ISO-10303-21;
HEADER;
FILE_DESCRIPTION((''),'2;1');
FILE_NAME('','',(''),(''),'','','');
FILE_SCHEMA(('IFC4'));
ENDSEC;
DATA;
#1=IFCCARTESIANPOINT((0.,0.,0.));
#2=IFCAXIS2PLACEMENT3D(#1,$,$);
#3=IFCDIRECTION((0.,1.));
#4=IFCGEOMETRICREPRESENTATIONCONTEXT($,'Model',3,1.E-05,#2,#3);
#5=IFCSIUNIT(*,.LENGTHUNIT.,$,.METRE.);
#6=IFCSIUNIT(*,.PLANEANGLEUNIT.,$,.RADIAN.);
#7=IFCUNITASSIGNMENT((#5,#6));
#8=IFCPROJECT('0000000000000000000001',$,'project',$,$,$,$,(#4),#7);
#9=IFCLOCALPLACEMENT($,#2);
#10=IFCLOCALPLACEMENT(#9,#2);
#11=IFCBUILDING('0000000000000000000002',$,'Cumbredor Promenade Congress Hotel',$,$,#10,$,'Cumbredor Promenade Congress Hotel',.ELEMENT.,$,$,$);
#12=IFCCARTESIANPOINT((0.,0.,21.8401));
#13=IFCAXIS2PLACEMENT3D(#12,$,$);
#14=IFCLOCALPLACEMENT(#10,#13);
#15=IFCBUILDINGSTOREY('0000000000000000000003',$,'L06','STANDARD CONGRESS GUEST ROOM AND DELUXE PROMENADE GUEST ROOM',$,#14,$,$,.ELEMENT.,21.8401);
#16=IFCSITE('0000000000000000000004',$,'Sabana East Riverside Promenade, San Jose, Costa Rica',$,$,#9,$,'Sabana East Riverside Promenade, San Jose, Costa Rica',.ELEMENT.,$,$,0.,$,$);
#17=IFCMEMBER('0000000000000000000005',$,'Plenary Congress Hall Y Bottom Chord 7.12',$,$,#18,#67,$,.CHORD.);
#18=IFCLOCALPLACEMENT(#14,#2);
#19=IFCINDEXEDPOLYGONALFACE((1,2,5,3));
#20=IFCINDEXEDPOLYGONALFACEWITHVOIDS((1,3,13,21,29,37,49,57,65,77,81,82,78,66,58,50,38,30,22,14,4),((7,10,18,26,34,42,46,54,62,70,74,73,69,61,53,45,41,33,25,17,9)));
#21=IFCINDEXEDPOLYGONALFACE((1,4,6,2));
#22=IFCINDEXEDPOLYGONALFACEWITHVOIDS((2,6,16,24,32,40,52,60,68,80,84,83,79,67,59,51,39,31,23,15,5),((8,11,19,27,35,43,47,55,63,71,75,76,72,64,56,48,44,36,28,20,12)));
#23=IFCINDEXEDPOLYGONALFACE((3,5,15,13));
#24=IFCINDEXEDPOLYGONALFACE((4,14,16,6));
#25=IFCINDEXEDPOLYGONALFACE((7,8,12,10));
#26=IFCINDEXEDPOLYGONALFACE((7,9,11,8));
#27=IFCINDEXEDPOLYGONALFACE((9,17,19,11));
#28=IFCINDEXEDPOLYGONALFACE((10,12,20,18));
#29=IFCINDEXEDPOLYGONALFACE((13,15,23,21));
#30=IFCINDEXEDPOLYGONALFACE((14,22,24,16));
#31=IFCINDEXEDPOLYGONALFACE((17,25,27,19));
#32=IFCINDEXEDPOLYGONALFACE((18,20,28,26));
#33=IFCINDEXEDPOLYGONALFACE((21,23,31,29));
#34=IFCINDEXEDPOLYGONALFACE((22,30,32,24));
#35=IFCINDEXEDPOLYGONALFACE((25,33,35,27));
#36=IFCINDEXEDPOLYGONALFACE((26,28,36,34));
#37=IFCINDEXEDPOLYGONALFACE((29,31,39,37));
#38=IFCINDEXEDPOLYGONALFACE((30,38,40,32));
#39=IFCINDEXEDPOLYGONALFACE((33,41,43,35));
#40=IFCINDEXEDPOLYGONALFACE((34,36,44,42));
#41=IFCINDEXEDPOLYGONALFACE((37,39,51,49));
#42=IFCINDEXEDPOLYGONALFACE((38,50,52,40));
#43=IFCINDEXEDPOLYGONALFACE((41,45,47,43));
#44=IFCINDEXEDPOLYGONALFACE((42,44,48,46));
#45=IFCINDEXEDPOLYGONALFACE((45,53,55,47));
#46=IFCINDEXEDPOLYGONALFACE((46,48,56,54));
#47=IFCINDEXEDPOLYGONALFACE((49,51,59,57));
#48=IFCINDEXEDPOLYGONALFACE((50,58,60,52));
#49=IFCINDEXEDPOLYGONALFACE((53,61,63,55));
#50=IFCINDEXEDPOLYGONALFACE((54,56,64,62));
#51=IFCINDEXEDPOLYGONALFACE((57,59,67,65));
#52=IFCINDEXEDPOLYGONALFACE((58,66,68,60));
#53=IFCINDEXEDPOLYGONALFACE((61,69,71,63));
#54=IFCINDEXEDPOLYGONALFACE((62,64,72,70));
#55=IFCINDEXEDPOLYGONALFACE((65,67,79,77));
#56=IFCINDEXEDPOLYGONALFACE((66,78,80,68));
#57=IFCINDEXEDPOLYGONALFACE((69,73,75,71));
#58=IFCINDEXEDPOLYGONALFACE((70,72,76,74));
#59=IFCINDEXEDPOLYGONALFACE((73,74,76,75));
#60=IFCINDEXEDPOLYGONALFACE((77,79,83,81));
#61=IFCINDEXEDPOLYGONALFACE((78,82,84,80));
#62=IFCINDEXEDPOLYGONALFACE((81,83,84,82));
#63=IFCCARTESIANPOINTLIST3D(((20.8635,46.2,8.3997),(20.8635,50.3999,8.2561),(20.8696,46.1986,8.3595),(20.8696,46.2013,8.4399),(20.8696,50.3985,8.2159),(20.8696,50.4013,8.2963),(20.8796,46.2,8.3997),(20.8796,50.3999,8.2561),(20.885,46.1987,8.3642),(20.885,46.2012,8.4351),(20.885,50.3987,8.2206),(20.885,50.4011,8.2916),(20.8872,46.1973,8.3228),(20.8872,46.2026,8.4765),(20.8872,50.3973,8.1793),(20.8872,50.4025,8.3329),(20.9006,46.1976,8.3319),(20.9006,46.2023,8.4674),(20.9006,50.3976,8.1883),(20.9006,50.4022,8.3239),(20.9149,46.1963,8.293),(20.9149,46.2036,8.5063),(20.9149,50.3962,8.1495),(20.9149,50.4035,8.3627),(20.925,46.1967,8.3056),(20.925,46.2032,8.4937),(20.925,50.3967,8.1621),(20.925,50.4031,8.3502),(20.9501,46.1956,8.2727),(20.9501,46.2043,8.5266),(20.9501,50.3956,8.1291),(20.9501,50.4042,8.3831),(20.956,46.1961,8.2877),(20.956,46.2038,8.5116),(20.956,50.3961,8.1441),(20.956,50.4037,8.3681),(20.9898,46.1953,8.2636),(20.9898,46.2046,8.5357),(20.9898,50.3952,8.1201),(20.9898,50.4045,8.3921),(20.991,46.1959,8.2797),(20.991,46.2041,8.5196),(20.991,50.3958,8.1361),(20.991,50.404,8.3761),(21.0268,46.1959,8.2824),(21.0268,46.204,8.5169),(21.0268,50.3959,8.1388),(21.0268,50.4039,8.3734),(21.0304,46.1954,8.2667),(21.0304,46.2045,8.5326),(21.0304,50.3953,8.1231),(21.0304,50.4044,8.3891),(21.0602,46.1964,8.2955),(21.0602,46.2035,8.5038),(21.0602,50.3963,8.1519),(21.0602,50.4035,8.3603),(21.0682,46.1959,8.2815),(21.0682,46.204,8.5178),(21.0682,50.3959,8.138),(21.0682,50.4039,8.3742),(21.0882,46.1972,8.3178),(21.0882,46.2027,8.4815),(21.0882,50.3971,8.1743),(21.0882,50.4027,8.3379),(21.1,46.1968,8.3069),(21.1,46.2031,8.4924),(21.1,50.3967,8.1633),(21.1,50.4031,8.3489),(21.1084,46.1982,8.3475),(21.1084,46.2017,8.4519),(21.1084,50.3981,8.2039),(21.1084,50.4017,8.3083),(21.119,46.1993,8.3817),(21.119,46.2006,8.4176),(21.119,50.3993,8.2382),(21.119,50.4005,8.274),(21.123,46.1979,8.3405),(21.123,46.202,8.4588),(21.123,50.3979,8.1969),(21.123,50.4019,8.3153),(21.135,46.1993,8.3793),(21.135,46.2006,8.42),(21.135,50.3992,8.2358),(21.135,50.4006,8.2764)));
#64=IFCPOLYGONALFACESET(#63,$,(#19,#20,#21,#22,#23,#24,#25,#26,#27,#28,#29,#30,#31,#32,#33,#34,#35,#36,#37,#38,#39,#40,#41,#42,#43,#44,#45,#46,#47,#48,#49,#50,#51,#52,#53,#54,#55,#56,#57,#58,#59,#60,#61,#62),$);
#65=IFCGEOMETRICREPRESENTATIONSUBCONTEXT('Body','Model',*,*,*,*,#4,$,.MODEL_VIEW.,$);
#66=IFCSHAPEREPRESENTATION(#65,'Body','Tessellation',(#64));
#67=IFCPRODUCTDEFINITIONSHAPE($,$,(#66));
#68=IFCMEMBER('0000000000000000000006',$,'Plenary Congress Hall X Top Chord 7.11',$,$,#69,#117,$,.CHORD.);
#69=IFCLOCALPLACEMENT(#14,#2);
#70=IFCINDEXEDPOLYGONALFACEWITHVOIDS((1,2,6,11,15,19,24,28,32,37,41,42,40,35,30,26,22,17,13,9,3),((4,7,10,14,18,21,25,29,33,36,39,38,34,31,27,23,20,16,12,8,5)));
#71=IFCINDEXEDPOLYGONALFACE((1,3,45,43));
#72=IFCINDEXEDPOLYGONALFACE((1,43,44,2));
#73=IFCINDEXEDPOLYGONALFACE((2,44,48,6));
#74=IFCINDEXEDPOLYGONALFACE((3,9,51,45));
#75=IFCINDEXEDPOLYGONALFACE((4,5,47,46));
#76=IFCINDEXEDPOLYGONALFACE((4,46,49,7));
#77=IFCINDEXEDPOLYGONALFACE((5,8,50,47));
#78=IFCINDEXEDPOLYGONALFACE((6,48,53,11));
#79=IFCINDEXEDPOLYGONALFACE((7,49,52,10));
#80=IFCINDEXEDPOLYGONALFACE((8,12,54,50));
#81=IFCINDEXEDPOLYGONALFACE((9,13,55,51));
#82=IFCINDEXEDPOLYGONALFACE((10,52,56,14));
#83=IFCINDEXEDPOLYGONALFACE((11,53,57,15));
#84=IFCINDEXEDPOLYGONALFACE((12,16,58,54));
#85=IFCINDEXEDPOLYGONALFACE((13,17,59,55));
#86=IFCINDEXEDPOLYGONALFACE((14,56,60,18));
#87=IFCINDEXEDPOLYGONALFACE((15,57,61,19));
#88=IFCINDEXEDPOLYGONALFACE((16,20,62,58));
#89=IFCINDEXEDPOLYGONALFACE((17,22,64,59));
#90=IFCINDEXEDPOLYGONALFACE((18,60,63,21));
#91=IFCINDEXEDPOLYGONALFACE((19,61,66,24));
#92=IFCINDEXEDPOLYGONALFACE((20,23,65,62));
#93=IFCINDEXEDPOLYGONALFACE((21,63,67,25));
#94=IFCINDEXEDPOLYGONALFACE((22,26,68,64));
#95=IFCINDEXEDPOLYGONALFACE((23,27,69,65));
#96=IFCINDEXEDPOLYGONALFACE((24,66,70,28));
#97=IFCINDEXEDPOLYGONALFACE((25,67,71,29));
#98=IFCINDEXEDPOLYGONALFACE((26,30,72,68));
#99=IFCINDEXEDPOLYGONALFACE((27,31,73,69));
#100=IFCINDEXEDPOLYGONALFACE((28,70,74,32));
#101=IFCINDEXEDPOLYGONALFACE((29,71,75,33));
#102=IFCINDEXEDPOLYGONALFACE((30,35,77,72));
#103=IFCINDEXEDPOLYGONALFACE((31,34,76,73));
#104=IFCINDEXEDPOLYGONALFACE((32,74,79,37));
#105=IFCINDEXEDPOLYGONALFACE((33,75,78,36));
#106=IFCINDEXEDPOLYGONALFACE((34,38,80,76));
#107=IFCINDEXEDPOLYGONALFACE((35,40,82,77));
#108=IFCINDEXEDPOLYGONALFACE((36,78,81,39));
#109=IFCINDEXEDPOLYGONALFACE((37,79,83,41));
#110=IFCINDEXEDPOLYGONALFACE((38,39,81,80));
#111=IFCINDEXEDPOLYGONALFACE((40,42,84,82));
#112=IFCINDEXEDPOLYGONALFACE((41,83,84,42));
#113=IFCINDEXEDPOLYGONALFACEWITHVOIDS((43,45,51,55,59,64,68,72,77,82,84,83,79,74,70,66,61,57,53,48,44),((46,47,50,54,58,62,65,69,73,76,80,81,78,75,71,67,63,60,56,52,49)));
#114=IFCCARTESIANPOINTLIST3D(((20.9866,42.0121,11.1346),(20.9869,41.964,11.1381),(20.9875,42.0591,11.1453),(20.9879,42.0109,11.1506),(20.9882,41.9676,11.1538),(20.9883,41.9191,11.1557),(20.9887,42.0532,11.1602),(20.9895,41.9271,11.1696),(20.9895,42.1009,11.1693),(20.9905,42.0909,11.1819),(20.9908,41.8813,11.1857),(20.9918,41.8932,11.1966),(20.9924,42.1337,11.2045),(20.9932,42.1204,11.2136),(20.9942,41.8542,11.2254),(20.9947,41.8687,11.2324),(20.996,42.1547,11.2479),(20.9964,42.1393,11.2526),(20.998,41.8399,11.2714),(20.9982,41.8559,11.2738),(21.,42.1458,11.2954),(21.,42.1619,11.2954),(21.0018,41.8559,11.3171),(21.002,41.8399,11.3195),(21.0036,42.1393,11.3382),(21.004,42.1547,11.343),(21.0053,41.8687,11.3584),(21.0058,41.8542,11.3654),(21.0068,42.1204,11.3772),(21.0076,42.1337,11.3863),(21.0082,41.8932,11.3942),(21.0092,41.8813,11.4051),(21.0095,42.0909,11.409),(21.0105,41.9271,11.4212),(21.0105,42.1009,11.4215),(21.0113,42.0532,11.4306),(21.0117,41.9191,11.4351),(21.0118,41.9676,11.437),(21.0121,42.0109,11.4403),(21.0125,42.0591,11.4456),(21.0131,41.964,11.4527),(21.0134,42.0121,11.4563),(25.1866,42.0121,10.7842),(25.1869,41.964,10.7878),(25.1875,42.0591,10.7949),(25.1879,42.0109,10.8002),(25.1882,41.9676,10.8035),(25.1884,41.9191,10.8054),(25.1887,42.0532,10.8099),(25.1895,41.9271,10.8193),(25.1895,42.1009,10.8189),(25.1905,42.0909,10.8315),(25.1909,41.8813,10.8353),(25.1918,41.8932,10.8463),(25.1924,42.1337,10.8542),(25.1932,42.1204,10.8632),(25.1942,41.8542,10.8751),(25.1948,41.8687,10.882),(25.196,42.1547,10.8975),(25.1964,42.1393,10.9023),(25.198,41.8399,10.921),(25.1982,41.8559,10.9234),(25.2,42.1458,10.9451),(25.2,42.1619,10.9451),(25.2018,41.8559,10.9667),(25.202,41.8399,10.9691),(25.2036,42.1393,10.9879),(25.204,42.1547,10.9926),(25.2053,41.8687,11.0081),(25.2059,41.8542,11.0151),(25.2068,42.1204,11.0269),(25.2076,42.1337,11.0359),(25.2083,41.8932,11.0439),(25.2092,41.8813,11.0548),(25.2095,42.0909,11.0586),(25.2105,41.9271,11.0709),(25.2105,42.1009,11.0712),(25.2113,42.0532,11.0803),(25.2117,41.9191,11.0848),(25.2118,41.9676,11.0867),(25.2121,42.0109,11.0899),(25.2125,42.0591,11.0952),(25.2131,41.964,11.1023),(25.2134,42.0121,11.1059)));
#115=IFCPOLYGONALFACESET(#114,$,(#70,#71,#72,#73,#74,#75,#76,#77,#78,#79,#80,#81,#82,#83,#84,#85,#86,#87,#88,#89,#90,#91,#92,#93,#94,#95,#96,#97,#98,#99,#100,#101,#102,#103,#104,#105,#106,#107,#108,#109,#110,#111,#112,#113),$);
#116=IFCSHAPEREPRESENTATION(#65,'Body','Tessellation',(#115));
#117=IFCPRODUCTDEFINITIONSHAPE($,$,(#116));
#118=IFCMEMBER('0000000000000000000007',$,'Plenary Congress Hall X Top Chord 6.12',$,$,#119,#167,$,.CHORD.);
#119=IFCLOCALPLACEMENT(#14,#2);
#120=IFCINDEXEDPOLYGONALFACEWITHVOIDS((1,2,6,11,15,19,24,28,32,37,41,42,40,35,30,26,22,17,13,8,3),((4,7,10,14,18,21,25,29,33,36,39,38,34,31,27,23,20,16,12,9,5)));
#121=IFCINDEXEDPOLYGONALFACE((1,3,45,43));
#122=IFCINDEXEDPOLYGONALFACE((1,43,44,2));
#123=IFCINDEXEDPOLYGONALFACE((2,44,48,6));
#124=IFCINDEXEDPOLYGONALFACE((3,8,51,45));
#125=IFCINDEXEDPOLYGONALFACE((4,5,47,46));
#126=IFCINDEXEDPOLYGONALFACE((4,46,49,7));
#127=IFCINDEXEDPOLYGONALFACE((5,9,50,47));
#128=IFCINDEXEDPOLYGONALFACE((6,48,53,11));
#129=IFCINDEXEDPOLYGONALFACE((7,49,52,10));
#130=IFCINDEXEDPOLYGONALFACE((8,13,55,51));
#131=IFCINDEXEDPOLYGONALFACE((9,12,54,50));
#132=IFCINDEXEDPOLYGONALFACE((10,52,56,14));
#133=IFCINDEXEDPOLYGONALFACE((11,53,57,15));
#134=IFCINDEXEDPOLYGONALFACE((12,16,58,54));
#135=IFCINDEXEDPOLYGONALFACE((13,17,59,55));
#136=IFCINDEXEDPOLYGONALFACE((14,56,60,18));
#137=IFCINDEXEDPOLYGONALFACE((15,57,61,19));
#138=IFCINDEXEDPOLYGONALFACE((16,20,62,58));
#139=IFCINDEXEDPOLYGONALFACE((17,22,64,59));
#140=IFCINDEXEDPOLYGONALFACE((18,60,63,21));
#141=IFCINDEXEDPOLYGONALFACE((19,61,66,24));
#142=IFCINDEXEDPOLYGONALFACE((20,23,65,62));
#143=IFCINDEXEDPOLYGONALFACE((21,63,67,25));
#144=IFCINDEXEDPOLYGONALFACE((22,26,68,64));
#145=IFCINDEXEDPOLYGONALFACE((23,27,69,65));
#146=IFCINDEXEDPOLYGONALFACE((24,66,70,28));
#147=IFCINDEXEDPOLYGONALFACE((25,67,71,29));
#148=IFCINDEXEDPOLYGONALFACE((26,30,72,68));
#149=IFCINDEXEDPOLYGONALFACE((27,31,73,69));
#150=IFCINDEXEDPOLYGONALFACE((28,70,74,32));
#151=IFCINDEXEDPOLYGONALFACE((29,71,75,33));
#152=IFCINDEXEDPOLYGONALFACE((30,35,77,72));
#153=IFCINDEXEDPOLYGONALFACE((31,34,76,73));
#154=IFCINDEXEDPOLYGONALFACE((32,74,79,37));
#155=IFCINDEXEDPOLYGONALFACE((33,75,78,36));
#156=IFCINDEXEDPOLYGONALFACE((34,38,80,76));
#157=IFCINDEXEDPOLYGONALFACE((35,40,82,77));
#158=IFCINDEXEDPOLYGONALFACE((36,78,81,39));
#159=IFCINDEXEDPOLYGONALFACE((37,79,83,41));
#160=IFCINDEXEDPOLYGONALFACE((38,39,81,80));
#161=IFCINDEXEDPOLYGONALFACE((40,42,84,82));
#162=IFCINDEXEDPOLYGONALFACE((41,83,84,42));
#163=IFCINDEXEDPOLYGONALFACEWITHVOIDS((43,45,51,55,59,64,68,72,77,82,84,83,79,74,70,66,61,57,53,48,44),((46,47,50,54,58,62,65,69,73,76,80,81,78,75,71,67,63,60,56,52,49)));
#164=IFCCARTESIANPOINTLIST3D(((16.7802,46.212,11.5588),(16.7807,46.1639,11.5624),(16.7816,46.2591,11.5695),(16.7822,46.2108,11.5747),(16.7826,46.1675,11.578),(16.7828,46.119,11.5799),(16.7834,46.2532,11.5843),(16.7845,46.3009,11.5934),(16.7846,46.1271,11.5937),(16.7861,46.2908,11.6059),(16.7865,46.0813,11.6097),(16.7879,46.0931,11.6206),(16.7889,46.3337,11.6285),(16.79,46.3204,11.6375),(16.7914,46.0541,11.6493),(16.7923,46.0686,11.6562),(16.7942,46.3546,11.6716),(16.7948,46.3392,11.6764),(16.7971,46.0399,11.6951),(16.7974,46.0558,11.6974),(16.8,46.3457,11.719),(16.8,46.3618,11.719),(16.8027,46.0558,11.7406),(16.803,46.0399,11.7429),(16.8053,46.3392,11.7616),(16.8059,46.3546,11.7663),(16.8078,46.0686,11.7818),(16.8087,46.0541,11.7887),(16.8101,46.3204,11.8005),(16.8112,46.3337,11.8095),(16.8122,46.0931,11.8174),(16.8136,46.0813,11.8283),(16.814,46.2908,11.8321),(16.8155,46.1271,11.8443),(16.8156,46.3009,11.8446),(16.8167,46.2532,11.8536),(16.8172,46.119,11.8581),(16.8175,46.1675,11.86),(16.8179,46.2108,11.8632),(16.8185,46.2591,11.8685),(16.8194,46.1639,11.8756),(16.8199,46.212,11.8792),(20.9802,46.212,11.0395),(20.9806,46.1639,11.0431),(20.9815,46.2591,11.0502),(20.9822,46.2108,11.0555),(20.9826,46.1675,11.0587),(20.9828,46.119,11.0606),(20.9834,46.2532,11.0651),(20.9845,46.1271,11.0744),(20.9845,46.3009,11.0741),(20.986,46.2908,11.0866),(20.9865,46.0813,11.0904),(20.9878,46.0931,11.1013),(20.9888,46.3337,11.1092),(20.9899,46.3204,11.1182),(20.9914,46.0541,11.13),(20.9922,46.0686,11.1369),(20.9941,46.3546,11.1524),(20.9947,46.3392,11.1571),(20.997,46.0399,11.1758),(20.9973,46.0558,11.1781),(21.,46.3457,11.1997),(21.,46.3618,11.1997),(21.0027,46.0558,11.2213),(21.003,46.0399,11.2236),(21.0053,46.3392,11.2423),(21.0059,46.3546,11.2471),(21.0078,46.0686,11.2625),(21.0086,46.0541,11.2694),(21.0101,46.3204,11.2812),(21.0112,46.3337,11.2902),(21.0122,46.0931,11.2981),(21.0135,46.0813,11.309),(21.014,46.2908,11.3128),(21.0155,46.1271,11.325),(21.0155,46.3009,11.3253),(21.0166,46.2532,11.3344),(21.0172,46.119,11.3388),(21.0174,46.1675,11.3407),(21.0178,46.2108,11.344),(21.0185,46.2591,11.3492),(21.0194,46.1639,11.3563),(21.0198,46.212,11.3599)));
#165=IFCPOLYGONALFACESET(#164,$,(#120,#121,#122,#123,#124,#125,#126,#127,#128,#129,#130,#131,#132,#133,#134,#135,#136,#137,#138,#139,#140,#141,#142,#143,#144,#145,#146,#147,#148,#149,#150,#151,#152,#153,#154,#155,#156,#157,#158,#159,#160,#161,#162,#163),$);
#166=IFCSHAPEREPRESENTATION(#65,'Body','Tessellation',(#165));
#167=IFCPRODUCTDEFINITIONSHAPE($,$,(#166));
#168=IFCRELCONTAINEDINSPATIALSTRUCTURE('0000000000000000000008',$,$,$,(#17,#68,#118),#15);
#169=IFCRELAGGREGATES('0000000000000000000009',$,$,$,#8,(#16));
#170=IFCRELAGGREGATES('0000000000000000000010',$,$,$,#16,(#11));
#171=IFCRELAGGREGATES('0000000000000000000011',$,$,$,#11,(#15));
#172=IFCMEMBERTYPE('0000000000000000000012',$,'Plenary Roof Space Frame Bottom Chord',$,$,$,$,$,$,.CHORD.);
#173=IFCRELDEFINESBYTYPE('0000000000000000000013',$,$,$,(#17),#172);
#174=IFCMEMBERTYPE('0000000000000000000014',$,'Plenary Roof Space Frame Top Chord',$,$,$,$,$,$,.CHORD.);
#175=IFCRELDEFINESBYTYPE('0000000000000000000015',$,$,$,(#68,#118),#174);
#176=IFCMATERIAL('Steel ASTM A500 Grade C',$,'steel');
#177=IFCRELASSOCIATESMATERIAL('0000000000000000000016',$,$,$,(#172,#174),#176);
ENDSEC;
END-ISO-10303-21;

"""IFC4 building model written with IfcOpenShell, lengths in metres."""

from ifc_helpers import new_model, si_unit, direction, frame, origin, origin_2d, place, context, subcontext, project, spatial, hollow_circle, extrude, material, material_profile, profile_set, type_object, element, save


model = new_model("IFC4")

# Units and contexts
model_context = context("Model", 3, precision=1e-05, world=origin(), true_north=direction((0.0, 1.0)))
body_context = subcontext(model_context, "Body", "Model", "MODEL_VIEW")
ifc_project = project(units=[si_unit("LENGTHUNIT", "METRE"), si_unit("PLANEANGLEUNIT", "RADIAN")], contexts=[model_context])

# Site, building, storey
site_placement = place(None, origin())
site = spatial("IfcSite", under=ifc_project, at=site_placement, Name="Sabana East Riverside Promenade, San Jose, Costa Rica", LongName="Sabana East Riverside Promenade, San Jose, Costa Rica", CompositionType="ELEMENT", RefElevation=0.0)
building_placement = place(site_placement, origin())
building = spatial("IfcBuilding", under=site, at=building_placement, Name="Cumbredor Promenade Congress Hotel", LongName="Cumbredor Promenade Congress Hotel", CompositionType="ELEMENT")
storey_placement = place(building_placement, frame((0.0, 0.0, 21.8401)))
storey = spatial("IfcBuildingStorey", under=building, at=storey_placement, Name="L06", Description="STANDARD CONGRESS GUEST ROOM AND DELUXE PROMENADE GUEST ROOM", CompositionType="ELEMENT", Elevation=21.8401)

# Members
ifc_material_1 = material(Name="Steel ASTM A500 Grade C", Category="steel")
ifc_material_profile_1 = material_profile(ifc_material_1, hollow_circle(Radius=0.1365, WallThickness=0.0161, at=origin_2d()), Name="CHS 273.0x16")
ifc_profile_set_1 = profile_set([ifc_material_profile_1], Name="Steel ASTM A500 Grade C")
member_type_1 = type_object("IfcMemberType", Name="Plenary Roof Space Frame Bottom Chord", PredefinedType="CHORD", material=ifc_profile_set_1)
member_1_placement = place(storey_placement, frame((21.0, 46.2, 8.3997), z_axis=(0.0, 0.999416, -0.03416), x_axis=(-1.0, 0.0, 0.0)))
element("IfcMember", 1, at=member_1_placement, inside=storey, type_object=member_type_1, Name="Plenary Congress Hall Y Bottom Chord 7.12", PredefinedType="CHORD", context=body_context, shape_type="SweptSolid", body=[
    extrude(hollow_circle(Radius=0.1365, WallThickness=0.0161, at=origin_2d()), origin(), (0.0, 0.0, 1.0), 4.2024),
])
ifc_material_profile_2 = material_profile(ifc_material_1, hollow_circle(Radius=0.1619, WallThickness=0.0161, at=origin_2d()), Name="CHS 323.9x16")
ifc_profile_set_2 = profile_set([ifc_material_profile_2], Name="Steel ASTM A500 Grade C")
member_type_2 = type_object("IfcMemberType", Name="Plenary Roof Space Frame Top Chord", PredefinedType="CHORD", material=ifc_profile_set_2)
member_2_placement = place(storey_placement, frame((21.0, 42.0, 11.2954), z_axis=(0.996539, 0.0, -0.083127), x_axis=(0.0, 1.0, 0.0)))
element("IfcMember", 2, at=member_2_placement, inside=storey, type_object=member_type_2, Name="Plenary Congress Hall X Top Chord 7.11", PredefinedType="CHORD", context=body_context, shape_type="SweptSolid", body=[
    extrude(hollow_circle(Radius=0.1619, WallThickness=0.0161, at=origin_2d()), origin(), (0.0, 0.0, 1.0), 4.2146),
])
member_3_placement = place(storey_placement, frame((16.8, 46.2, 11.719), z_axis=(0.992443, 0.0, -0.122707), x_axis=(0.0, 1.0, 0.0)))
element("IfcMember", 3, at=member_3_placement, inside=storey, type_object=member_type_2, Name="Plenary Congress Hall X Top Chord 6.12", PredefinedType="CHORD", context=body_context, shape_type="SweptSolid", body=[
    extrude(hollow_circle(Radius=0.1619, WallThickness=0.0161, at=origin_2d()), origin(), (0.0, 0.0, 1.0), 4.2319),
])

save(model, "model.ifc")
